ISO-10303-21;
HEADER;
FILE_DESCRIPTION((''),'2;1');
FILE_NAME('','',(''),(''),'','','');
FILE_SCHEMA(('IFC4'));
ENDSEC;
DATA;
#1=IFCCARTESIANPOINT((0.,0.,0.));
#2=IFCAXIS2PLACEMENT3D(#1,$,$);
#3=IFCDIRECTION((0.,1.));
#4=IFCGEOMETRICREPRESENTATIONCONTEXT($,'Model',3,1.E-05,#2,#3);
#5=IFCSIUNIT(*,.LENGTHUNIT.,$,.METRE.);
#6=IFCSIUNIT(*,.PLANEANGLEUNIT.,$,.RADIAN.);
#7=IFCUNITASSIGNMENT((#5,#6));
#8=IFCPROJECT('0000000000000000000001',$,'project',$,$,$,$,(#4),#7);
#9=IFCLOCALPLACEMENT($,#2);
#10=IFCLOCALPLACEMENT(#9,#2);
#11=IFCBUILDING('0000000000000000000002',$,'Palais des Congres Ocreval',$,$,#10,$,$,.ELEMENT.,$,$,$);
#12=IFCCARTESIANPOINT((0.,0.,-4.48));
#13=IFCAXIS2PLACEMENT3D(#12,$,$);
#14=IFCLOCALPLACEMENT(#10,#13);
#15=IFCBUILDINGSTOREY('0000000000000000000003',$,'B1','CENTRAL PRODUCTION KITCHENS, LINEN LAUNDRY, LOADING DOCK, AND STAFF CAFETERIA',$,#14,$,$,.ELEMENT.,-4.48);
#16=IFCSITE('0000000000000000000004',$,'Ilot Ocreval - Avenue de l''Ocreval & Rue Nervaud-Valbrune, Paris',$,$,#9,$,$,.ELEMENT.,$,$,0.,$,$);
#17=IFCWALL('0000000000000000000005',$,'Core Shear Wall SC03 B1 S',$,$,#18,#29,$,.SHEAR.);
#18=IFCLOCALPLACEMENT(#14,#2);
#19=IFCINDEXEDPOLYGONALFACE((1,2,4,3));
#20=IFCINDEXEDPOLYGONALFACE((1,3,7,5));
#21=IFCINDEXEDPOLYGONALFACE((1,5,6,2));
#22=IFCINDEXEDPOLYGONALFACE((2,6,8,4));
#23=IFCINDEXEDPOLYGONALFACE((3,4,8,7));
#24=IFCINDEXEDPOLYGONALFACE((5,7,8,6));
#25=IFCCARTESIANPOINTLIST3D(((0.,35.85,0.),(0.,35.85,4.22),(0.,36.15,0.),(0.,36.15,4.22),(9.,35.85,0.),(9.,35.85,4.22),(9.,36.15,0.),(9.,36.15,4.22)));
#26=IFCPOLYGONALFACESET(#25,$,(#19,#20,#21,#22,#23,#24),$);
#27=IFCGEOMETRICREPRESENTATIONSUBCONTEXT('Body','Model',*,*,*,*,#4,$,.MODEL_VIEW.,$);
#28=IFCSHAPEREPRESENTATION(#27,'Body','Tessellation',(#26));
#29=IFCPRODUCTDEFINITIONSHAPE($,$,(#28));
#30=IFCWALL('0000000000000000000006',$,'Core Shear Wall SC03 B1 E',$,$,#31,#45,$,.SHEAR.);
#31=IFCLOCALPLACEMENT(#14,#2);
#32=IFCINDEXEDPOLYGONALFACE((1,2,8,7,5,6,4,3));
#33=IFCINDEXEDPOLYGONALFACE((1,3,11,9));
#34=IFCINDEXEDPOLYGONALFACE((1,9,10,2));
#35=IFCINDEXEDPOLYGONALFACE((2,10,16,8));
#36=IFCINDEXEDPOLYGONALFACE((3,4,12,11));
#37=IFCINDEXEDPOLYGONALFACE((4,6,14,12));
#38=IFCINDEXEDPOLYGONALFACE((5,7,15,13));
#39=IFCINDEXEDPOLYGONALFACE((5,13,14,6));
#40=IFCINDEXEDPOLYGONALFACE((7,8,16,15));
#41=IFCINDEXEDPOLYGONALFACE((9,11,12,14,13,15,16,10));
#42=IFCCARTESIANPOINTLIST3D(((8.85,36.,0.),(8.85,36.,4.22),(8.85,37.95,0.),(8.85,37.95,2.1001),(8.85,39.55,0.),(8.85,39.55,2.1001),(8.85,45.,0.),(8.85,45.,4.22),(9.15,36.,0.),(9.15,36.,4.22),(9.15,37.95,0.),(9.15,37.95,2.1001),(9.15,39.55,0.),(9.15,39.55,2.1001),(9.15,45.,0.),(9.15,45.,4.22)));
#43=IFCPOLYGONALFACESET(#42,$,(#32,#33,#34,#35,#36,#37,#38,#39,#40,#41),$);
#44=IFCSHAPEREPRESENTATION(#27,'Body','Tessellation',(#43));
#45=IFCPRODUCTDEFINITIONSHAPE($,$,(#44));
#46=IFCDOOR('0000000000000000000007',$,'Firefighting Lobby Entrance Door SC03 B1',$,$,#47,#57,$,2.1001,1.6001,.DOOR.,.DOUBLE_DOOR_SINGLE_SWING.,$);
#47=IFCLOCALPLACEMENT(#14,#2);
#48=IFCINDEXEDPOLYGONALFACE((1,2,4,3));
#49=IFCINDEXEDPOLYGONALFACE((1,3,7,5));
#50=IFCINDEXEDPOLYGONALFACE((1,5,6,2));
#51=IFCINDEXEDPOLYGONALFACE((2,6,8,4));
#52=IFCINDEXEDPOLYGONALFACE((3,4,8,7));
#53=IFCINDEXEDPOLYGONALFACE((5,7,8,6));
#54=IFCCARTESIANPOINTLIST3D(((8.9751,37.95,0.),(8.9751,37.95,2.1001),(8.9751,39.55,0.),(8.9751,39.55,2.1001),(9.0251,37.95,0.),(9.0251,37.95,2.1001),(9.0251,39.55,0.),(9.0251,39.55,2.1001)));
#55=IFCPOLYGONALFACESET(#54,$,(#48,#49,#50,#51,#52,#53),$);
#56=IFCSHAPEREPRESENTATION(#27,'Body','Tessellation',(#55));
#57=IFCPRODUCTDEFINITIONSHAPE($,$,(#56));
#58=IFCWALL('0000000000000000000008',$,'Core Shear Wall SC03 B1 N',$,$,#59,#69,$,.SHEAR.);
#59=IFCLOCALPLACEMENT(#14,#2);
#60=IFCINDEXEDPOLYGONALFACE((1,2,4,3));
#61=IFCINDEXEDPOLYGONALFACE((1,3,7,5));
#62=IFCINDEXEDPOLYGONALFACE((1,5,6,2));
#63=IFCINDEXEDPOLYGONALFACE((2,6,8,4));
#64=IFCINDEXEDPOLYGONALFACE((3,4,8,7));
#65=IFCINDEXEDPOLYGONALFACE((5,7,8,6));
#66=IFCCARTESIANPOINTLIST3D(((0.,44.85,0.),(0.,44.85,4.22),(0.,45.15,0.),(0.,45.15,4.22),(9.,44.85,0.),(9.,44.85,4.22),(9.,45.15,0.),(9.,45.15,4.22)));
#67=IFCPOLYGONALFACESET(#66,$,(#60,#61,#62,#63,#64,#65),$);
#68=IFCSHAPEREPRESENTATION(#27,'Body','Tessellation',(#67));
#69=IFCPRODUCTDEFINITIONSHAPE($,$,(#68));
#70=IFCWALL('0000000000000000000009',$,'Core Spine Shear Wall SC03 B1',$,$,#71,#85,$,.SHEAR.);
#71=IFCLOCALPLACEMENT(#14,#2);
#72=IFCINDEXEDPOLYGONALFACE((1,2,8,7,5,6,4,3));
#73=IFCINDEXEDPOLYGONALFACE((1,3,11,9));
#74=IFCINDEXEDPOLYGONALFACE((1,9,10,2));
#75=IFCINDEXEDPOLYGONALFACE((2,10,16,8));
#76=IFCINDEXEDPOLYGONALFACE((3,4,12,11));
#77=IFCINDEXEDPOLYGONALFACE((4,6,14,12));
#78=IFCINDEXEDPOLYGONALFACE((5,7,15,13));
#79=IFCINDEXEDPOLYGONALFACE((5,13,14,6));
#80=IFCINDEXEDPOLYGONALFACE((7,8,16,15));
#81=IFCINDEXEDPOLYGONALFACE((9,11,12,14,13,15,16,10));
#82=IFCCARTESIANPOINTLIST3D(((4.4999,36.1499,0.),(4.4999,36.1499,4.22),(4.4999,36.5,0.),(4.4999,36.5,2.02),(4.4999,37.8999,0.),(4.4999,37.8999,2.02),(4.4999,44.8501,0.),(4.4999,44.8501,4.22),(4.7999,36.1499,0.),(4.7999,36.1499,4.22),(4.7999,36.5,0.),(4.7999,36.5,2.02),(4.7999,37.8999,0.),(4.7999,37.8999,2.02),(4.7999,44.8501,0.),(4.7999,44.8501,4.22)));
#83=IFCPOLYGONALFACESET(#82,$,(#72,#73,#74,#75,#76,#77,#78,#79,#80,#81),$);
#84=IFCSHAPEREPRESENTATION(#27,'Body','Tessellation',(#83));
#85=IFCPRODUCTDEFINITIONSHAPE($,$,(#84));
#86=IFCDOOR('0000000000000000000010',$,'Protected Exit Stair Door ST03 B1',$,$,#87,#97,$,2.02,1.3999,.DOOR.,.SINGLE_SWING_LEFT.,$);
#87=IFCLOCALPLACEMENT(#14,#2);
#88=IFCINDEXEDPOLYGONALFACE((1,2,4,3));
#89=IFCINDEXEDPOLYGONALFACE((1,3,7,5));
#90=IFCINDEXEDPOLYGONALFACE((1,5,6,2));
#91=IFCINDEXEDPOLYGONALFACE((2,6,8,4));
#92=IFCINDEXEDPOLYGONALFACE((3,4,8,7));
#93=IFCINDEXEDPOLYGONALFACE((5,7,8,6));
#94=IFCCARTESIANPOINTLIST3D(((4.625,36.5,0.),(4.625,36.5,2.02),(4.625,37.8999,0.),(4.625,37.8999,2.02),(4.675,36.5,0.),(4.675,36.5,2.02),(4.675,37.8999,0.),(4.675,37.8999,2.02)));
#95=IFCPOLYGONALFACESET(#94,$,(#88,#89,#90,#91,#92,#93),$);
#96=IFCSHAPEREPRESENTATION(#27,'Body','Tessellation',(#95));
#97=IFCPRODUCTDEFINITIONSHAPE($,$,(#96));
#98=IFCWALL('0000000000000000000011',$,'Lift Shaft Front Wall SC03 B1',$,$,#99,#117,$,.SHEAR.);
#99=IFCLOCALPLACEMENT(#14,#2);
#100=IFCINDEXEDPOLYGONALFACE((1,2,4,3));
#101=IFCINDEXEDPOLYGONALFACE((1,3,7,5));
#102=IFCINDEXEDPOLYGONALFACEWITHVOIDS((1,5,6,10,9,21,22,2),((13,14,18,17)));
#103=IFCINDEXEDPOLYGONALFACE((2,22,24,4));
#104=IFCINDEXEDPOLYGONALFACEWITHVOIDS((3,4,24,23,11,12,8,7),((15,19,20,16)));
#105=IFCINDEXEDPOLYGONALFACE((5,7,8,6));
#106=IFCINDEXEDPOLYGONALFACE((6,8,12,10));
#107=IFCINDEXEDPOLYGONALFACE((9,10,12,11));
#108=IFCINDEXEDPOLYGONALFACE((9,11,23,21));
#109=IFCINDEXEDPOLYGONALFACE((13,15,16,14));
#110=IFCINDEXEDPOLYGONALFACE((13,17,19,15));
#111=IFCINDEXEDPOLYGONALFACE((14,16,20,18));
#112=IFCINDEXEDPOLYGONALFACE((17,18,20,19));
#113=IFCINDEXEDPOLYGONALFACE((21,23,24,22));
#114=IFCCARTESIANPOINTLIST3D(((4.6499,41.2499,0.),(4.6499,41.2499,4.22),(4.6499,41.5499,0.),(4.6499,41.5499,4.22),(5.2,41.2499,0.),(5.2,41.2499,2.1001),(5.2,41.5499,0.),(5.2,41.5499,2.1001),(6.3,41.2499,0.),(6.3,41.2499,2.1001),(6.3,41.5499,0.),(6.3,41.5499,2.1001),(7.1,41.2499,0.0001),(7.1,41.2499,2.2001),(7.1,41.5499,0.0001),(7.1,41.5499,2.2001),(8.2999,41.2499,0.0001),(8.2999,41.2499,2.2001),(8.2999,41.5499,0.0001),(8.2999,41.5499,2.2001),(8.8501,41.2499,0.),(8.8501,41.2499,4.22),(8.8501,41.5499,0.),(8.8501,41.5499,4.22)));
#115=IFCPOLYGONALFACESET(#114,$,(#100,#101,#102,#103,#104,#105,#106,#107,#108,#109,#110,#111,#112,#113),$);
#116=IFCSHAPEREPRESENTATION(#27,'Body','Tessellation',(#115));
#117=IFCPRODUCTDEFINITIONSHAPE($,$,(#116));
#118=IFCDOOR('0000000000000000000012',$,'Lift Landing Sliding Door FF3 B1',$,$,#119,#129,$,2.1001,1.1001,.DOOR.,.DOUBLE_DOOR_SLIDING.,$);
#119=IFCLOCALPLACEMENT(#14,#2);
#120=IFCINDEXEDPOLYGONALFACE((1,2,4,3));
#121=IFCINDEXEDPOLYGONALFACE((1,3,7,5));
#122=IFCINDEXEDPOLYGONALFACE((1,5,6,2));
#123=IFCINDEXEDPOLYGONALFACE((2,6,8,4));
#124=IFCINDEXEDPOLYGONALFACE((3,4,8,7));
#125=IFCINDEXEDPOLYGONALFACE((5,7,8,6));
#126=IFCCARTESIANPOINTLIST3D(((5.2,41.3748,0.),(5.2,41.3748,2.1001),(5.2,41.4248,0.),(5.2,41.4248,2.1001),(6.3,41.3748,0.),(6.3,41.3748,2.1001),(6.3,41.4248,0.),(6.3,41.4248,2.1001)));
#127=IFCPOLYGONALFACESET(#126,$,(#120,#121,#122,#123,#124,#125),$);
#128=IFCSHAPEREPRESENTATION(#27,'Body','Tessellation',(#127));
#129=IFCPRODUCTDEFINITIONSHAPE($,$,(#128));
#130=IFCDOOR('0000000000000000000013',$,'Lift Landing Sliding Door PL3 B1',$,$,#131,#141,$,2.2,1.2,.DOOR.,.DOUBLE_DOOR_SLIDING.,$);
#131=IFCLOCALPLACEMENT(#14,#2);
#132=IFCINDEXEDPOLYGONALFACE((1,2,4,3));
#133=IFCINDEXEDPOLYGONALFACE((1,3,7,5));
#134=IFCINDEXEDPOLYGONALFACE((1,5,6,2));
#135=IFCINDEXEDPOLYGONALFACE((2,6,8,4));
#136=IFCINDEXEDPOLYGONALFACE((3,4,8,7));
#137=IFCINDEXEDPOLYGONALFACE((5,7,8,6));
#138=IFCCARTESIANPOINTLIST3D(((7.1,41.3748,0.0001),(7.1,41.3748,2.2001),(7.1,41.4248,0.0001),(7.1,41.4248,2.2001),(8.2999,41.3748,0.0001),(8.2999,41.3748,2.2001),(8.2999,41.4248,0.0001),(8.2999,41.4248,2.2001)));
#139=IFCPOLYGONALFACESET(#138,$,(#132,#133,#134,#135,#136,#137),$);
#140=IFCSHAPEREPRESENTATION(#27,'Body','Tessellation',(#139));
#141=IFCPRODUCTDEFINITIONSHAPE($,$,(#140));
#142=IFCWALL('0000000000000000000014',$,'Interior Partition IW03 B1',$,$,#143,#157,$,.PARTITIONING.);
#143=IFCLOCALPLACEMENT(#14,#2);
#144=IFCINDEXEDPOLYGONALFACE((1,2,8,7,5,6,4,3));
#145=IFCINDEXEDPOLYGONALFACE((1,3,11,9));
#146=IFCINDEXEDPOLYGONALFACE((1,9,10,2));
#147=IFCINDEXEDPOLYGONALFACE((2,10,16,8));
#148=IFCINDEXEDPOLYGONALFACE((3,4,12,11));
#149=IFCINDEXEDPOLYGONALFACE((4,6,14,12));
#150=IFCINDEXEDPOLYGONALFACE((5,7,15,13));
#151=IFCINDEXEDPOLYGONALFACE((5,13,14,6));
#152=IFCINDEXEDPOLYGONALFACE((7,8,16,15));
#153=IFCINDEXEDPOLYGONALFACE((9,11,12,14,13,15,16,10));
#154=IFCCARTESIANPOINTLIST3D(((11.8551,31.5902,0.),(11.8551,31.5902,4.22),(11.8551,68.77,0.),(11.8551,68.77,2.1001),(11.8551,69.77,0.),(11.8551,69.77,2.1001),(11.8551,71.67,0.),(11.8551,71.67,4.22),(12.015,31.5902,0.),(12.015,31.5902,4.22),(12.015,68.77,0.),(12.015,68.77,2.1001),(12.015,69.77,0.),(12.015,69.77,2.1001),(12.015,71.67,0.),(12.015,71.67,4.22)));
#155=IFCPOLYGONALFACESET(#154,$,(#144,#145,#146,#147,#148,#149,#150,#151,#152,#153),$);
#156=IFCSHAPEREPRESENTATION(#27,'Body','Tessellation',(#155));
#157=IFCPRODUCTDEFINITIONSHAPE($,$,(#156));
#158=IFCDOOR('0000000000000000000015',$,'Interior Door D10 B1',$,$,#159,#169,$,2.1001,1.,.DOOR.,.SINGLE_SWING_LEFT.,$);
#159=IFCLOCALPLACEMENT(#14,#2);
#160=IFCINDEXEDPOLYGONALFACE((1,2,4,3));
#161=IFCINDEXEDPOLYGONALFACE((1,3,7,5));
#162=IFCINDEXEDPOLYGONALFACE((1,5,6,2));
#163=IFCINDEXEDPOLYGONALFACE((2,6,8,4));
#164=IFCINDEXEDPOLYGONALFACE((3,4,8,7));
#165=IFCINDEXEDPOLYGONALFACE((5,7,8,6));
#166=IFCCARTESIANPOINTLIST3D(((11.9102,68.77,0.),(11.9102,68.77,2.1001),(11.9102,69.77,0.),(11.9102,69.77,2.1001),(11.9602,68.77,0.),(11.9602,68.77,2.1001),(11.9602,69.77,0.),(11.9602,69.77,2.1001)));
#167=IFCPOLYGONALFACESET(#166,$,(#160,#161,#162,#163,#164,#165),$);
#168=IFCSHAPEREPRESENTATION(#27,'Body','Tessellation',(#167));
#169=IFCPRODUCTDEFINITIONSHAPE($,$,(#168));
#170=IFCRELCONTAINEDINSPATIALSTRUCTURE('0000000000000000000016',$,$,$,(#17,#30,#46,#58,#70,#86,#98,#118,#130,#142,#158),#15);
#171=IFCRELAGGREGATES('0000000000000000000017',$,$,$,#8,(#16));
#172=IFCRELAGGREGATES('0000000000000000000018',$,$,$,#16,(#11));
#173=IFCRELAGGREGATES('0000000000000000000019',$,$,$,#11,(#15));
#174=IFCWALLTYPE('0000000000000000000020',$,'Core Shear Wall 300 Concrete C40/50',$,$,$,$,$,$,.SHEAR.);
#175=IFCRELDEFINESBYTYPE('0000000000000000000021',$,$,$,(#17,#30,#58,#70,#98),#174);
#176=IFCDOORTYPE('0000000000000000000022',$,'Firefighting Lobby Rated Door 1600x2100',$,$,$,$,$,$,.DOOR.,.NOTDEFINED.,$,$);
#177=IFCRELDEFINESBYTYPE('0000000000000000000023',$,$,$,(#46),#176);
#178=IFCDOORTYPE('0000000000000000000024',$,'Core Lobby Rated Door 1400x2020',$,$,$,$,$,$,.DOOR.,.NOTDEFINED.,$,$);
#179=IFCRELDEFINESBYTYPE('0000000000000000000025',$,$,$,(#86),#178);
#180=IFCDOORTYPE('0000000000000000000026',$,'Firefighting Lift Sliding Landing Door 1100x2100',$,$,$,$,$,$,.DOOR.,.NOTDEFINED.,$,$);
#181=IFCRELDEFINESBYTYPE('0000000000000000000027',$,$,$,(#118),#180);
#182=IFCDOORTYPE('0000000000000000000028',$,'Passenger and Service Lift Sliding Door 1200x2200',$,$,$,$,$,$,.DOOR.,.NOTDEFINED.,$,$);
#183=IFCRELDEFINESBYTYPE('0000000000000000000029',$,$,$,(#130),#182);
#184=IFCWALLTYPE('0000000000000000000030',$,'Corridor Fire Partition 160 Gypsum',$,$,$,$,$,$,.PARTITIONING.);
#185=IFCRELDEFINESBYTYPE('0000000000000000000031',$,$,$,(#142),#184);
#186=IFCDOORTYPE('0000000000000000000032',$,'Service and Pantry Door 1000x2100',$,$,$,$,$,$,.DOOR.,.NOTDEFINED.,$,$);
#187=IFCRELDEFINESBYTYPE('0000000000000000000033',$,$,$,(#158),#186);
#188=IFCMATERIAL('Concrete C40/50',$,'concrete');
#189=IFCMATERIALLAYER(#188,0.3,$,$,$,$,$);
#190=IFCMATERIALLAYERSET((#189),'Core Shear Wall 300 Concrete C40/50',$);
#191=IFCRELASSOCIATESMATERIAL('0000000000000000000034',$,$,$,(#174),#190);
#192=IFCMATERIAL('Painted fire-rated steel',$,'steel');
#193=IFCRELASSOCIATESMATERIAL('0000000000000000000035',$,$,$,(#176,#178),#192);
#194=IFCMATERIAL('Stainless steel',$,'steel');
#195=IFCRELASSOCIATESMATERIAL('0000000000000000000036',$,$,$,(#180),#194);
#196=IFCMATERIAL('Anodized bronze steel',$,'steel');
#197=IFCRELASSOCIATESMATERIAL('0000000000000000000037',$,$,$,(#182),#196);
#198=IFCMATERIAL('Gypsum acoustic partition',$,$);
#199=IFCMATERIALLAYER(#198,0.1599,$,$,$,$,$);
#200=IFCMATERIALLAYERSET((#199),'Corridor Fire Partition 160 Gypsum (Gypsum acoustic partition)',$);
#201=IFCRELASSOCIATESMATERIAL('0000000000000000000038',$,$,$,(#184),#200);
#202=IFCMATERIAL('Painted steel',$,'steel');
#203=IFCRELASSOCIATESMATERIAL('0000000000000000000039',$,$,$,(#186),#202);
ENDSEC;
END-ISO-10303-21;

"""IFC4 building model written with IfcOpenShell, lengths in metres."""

from ifc_helpers import new_model, si_unit, direction, frame, frame_2d, origin, place, context, subcontext, project, spatial, rectangle, extrude, material, layer, layer_set, type_object, element, fill, save


model = new_model("IFC4")

# Units and contexts
model_context = context("Model", 3, precision=1e-05, world=origin(), true_north=direction((0.0, 1.0)))
body_context = subcontext(model_context, "Body", "Model", "MODEL_VIEW")
ifc_project = project(units=[si_unit("LENGTHUNIT", "METRE"), si_unit("PLANEANGLEUNIT", "RADIAN")], contexts=[model_context])

# Site, building, storey
site_placement = place(None, origin())
site = spatial("IfcSite", under=ifc_project, at=site_placement, Name="Ilot Ocreval - Avenue de l'Ocreval & Rue Nervaud-Valbrune, Paris", CompositionType="ELEMENT", RefElevation=0.0)
building_placement = place(site_placement, origin())
building = spatial("IfcBuilding", under=site, at=building_placement, Name="Palais des Congres Ocreval", CompositionType="ELEMENT")
storey_placement = place(building_placement, frame((0.0, 0.0, -4.48)))
storey = spatial("IfcBuildingStorey", under=building, at=storey_placement, Name="B1", Description="CENTRAL PRODUCTION KITCHENS, LINEN LAUNDRY, LOADING DOCK, AND STAFF CAFETERIA", CompositionType="ELEMENT", Elevation=-4.48)

# Shared definitions
ifc_material_1 = material(Name="Concrete C40/50", Category="concrete")

# Wall
ifc_layer_1 = layer(ifc_material_1, 0.3)
ifc_layer_set_1 = layer_set([ifc_layer_1], Name="Core Shear Wall 300 Concrete C40/50")
wall_type_1 = type_object("IfcWallType", Name="Core Shear Wall 300 Concrete C40/50", PredefinedType="SHEAR", material=ifc_layer_set_1)
wall_1_placement = place(storey_placement, frame((0.0, 36.0, 0.0), z_axis=(0.0, 0.0, 1.0), x_axis=(1.0, 0.0, 0.0)))
element("IfcWall", 1, at=wall_1_placement, inside=storey, type_object=wall_type_1, Name="Core Shear Wall SC03 B1 S", PredefinedType="SHEAR", context=body_context, shape_type="SweptSolid", body=[
    extrude(rectangle(XDim=9.0, YDim=0.3, at=frame_2d((4.5, 0.0))), origin(), (0.0, 0.0, 1.0), 4.22),
])

# Wall, opening, door
wall_2_placement = place(storey_placement, frame((9.0, 36.0, 0.0), z_axis=(0.0, 0.0, 1.0), x_axis=(0.0, 1.0, 0.0)))
wall_2 = element("IfcWall", 2, at=wall_2_placement, inside=storey, type_object=wall_type_1, Name="Core Shear Wall SC03 B1 E", PredefinedType="SHEAR", context=body_context, shape_type="SweptSolid", body=[
    extrude(rectangle(XDim=9.0, YDim=0.3, at=frame_2d((4.5, 0.0))), origin(), (0.0, 0.0, 1.0), 4.22),
])
opening_1_placement = place(wall_2_placement, frame((1.95, 0.0, 0.0)))
opening_1 = element("IfcOpeningElement", 3, at=opening_1_placement, cuts=wall_2, PredefinedType="OPENING", context=body_context, shape_type="SweptSolid", body=[
    extrude(rectangle(XDim=1.6001, YDim=2.1001, at=frame_2d((0.8, 1.05))), frame((0.0, 0.1599, 0.0), z_axis=(0.0, -1.0, 0.0), x_axis=(1.0, 0.0, 0.0)), (0.0, 0.0, 1.0), 0.3201),
])
ifc_material_2 = material(Name="Painted fire-rated steel", Category="steel")
door_type_1 = type_object("IfcDoorType", Name="Firefighting Lobby Rated Door 1600x2100", OperationType="NOTDEFINED", PredefinedType="DOOR", material=ifc_material_2)
door_1_placement = place(opening_1_placement, origin())
door_1 = element("IfcDoor", 4, at=door_1_placement, inside=storey, type_object=door_type_1, Name="Firefighting Lobby Entrance Door SC03 B1", OperationType="DOUBLE_DOOR_SINGLE_SWING", OverallHeight=2.1001, OverallWidth=1.6001, PredefinedType="DOOR", context=body_context, shape_type="SweptSolid", body=[
    extrude(rectangle(XDim=1.6001, YDim=2.1001, at=frame_2d((0.8, 1.05))), frame((0.0, 0.0249, 0.0), z_axis=(0.0, -1.0, 0.0), x_axis=(1.0, 0.0, 0.0)), (0.0, 0.0, 1.0), 0.05),
])
fill(opening_1, door_1)

# Wall
wall_3_placement = place(storey_placement, frame((0.0, 45.0, 0.0), z_axis=(0.0, 0.0, 1.0), x_axis=(1.0, 0.0, 0.0)))
element("IfcWall", 5, at=wall_3_placement, inside=storey, type_object=wall_type_1, Name="Core Shear Wall SC03 B1 N", PredefinedType="SHEAR", context=body_context, shape_type="SweptSolid", body=[
    extrude(rectangle(XDim=9.0, YDim=0.3, at=frame_2d((4.5, 0.0))), origin(), (0.0, 0.0, 1.0), 4.22),
])

# Wall, opening, door
wall_4_placement = place(storey_placement, frame((4.6499, 36.1499, 0.0), z_axis=(0.0, 0.0, 1.0), x_axis=(0.0, 1.0, 0.0)))
wall_4 = element("IfcWall", 6, at=wall_4_placement, inside=storey, type_object=wall_type_1, Name="Core Spine Shear Wall SC03 B1", PredefinedType="SHEAR", context=body_context, shape_type="SweptSolid", body=[
    extrude(rectangle(XDim=8.7002, YDim=0.3, at=frame_2d((4.3501, 0.0))), origin(), (0.0, 0.0, 1.0), 4.22),
])
opening_2_placement = place(wall_4_placement, frame((0.3501, 0.0, 0.0)))
opening_2 = element("IfcOpeningElement", 7, at=opening_2_placement, cuts=wall_4, PredefinedType="OPENING", context=body_context, shape_type="SweptSolid", body=[
    extrude(rectangle(XDim=1.3999, YDim=2.02, at=frame_2d((0.7, 1.01))), frame((0.0, 0.1599, 0.0), z_axis=(0.0, -1.0, 0.0), x_axis=(1.0, 0.0, 0.0)), (0.0, 0.0, 1.0), 0.3201),
])
door_type_2 = type_object("IfcDoorType", Name="Core Lobby Rated Door 1400x2020", OperationType="NOTDEFINED", PredefinedType="DOOR", material=ifc_material_2)
door_2_placement = place(opening_2_placement, origin())
door_2 = element("IfcDoor", 8, at=door_2_placement, inside=storey, type_object=door_type_2, Name="Protected Exit Stair Door ST03 B1", OperationType="SINGLE_SWING_LEFT", OverallHeight=2.02, OverallWidth=1.3999, PredefinedType="DOOR", context=body_context, shape_type="SweptSolid", body=[
    extrude(rectangle(XDim=1.3999, YDim=2.02, at=frame_2d((0.7, 1.01))), frame((0.0, 0.0249, 0.0), z_axis=(0.0, -1.0, 0.0), x_axis=(1.0, 0.0, 0.0)), (0.0, 0.0, 1.0), 0.05),
])
fill(opening_2, door_2)

# Wall, openings, doors
wall_5_placement = place(storey_placement, frame((4.6499, 41.3999, 0.0), z_axis=(0.0, 0.0, 1.0), x_axis=(1.0, 0.0, 0.0)))
wall_5 = element("IfcWall", 9, at=wall_5_placement, inside=storey, type_object=wall_type_1, Name="Lift Shaft Front Wall SC03 B1", PredefinedType="SHEAR", context=body_context, shape_type="SweptSolid", body=[
    extrude(rectangle(XDim=4.2002, YDim=0.3, at=frame_2d((2.1001, 0.0))), origin(), (0.0, 0.0, 1.0), 4.22),
])
opening_3_placement = place(wall_5_placement, frame((0.55, 0.0, 0.0)))
opening_3 = element("IfcOpeningElement", 10, at=opening_3_placement, cuts=wall_5, PredefinedType="OPENING", context=body_context, shape_type="SweptSolid", body=[
    extrude(rectangle(XDim=1.1001, YDim=2.1001, at=frame_2d((0.55, 1.05))), frame((0.0, 0.1599, 0.0), z_axis=(0.0, -1.0, 0.0), x_axis=(1.0, 0.0, 0.0)), (0.0, 0.0, 1.0), 0.3201),
])
opening_4_placement = place(wall_5_placement, frame((2.45, 0.0, 0.0)))
opening_4 = element("IfcOpeningElement", 11, at=opening_4_placement, cuts=wall_5, PredefinedType="OPENING", context=body_context, shape_type="SweptSolid", body=[
    extrude(rectangle(XDim=1.2, YDim=2.2, at=frame_2d((0.6001, 1.1001))), frame((0.0, 0.1599, 0.0), z_axis=(0.0, -1.0, 0.0), x_axis=(1.0, 0.0, 0.0)), (0.0, 0.0, 1.0), 0.3201),
])
ifc_material_3 = material(Name="Stainless steel", Category="steel")
door_type_3 = type_object("IfcDoorType", Name="Firefighting Lift Sliding Landing Door 1100x2100", OperationType="NOTDEFINED", PredefinedType="DOOR", material=ifc_material_3)
door_3_placement = place(opening_3_placement, origin())
door_3 = element("IfcDoor", 12, at=door_3_placement, inside=storey, type_object=door_type_3, Name="Lift Landing Sliding Door FF3 B1", OperationType="DOUBLE_DOOR_SLIDING", OverallHeight=2.1001, OverallWidth=1.1001, PredefinedType="DOOR", context=body_context, shape_type="SweptSolid", body=[
    extrude(rectangle(XDim=1.1001, YDim=2.1001, at=frame_2d((0.55, 1.05))), frame((0.0, 0.0249, 0.0), z_axis=(0.0, -1.0, 0.0), x_axis=(1.0, 0.0, 0.0)), (0.0, 0.0, 1.0), 0.05),
])
fill(opening_3, door_3)
ifc_material_4 = material(Name="Anodized bronze steel", Category="steel")
door_type_4 = type_object("IfcDoorType", Name="Passenger and Service Lift Sliding Door 1200x2200", OperationType="NOTDEFINED", PredefinedType="DOOR", material=ifc_material_4)
door_4_placement = place(opening_4_placement, origin())
door_4 = element("IfcDoor", 13, at=door_4_placement, inside=storey, type_object=door_type_4, Name="Lift Landing Sliding Door PL3 B1", OperationType="DOUBLE_DOOR_SLIDING", OverallHeight=2.2, OverallWidth=1.2, PredefinedType="DOOR", context=body_context, shape_type="SweptSolid", body=[
    extrude(rectangle(XDim=1.2, YDim=2.2, at=frame_2d((0.6001, 1.1001))), frame((0.0, 0.0249, 0.0), z_axis=(0.0, -1.0, 0.0), x_axis=(1.0, 0.0, 0.0)), (0.0, 0.0, 1.0), 0.05),
])
fill(opening_4, door_4)

# Wall, opening, door
ifc_material_5 = material(Name="Gypsum acoustic partition")
ifc_layer_2 = layer(ifc_material_5, 0.1599)
ifc_layer_set_2 = layer_set([ifc_layer_2], Name="Corridor Fire Partition 160 Gypsum (Gypsum acoustic partition)")
wall_type_2 = type_object("IfcWallType", Name="Corridor Fire Partition 160 Gypsum", PredefinedType="PARTITIONING", material=ifc_layer_set_2)
wall_6_placement = place(storey_placement, frame((11.9351, 31.5901, 0.0), z_axis=(0.0, 0.0, 1.0), x_axis=(0.0, 1.0, 0.0)))
wall_6 = element("IfcWall", 14, at=wall_6_placement, inside=storey, type_object=wall_type_2, Name="Interior Partition IW03 B1", PredefinedType="PARTITIONING", context=body_context, shape_type="SweptSolid", body=[
    extrude(rectangle(XDim=40.0798, YDim=0.1599, at=frame_2d((20.04, 0.0))), origin(), (0.0, 0.0, 1.0), 4.22),
])
opening_5_placement = place(wall_6_placement, frame((37.1799, 0.0, 0.0)))
opening_5 = element("IfcOpeningElement", 15, at=opening_5_placement, cuts=wall_6, PredefinedType="OPENING", context=body_context, shape_type="SweptSolid", body=[
    extrude(rectangle(XDim=1.0, YDim=2.1001, at=frame_2d((0.5, 1.05))), frame((0.0, 0.0898, 0.0), z_axis=(0.0, -1.0, 0.0), x_axis=(1.0, 0.0, 0.0)), (0.0, 0.0, 1.0), 0.1799),
])
ifc_material_6 = material(Name="Painted steel", Category="steel")
door_type_5 = type_object("IfcDoorType", Name="Service and Pantry Door 1000x2100", OperationType="NOTDEFINED", PredefinedType="DOOR", material=ifc_material_6)
door_5_placement = place(opening_5_placement, origin())
door_5 = element("IfcDoor", 16, at=door_5_placement, inside=storey, type_object=door_type_5, Name="Interior Door D10 B1", OperationType="SINGLE_SWING_LEFT", OverallHeight=2.1001, OverallWidth=1.0, PredefinedType="DOOR", context=body_context, shape_type="SweptSolid", body=[
    extrude(rectangle(XDim=1.0, YDim=2.1001, at=frame_2d((0.5, 1.05))), frame((0.0, 0.0249, 0.0), z_axis=(0.0, -1.0, 0.0), x_axis=(1.0, 0.0, 0.0)), (0.0, 0.0, 1.0), 0.05),
])
fill(opening_5, door_5)

save(model, "model.ifc")
